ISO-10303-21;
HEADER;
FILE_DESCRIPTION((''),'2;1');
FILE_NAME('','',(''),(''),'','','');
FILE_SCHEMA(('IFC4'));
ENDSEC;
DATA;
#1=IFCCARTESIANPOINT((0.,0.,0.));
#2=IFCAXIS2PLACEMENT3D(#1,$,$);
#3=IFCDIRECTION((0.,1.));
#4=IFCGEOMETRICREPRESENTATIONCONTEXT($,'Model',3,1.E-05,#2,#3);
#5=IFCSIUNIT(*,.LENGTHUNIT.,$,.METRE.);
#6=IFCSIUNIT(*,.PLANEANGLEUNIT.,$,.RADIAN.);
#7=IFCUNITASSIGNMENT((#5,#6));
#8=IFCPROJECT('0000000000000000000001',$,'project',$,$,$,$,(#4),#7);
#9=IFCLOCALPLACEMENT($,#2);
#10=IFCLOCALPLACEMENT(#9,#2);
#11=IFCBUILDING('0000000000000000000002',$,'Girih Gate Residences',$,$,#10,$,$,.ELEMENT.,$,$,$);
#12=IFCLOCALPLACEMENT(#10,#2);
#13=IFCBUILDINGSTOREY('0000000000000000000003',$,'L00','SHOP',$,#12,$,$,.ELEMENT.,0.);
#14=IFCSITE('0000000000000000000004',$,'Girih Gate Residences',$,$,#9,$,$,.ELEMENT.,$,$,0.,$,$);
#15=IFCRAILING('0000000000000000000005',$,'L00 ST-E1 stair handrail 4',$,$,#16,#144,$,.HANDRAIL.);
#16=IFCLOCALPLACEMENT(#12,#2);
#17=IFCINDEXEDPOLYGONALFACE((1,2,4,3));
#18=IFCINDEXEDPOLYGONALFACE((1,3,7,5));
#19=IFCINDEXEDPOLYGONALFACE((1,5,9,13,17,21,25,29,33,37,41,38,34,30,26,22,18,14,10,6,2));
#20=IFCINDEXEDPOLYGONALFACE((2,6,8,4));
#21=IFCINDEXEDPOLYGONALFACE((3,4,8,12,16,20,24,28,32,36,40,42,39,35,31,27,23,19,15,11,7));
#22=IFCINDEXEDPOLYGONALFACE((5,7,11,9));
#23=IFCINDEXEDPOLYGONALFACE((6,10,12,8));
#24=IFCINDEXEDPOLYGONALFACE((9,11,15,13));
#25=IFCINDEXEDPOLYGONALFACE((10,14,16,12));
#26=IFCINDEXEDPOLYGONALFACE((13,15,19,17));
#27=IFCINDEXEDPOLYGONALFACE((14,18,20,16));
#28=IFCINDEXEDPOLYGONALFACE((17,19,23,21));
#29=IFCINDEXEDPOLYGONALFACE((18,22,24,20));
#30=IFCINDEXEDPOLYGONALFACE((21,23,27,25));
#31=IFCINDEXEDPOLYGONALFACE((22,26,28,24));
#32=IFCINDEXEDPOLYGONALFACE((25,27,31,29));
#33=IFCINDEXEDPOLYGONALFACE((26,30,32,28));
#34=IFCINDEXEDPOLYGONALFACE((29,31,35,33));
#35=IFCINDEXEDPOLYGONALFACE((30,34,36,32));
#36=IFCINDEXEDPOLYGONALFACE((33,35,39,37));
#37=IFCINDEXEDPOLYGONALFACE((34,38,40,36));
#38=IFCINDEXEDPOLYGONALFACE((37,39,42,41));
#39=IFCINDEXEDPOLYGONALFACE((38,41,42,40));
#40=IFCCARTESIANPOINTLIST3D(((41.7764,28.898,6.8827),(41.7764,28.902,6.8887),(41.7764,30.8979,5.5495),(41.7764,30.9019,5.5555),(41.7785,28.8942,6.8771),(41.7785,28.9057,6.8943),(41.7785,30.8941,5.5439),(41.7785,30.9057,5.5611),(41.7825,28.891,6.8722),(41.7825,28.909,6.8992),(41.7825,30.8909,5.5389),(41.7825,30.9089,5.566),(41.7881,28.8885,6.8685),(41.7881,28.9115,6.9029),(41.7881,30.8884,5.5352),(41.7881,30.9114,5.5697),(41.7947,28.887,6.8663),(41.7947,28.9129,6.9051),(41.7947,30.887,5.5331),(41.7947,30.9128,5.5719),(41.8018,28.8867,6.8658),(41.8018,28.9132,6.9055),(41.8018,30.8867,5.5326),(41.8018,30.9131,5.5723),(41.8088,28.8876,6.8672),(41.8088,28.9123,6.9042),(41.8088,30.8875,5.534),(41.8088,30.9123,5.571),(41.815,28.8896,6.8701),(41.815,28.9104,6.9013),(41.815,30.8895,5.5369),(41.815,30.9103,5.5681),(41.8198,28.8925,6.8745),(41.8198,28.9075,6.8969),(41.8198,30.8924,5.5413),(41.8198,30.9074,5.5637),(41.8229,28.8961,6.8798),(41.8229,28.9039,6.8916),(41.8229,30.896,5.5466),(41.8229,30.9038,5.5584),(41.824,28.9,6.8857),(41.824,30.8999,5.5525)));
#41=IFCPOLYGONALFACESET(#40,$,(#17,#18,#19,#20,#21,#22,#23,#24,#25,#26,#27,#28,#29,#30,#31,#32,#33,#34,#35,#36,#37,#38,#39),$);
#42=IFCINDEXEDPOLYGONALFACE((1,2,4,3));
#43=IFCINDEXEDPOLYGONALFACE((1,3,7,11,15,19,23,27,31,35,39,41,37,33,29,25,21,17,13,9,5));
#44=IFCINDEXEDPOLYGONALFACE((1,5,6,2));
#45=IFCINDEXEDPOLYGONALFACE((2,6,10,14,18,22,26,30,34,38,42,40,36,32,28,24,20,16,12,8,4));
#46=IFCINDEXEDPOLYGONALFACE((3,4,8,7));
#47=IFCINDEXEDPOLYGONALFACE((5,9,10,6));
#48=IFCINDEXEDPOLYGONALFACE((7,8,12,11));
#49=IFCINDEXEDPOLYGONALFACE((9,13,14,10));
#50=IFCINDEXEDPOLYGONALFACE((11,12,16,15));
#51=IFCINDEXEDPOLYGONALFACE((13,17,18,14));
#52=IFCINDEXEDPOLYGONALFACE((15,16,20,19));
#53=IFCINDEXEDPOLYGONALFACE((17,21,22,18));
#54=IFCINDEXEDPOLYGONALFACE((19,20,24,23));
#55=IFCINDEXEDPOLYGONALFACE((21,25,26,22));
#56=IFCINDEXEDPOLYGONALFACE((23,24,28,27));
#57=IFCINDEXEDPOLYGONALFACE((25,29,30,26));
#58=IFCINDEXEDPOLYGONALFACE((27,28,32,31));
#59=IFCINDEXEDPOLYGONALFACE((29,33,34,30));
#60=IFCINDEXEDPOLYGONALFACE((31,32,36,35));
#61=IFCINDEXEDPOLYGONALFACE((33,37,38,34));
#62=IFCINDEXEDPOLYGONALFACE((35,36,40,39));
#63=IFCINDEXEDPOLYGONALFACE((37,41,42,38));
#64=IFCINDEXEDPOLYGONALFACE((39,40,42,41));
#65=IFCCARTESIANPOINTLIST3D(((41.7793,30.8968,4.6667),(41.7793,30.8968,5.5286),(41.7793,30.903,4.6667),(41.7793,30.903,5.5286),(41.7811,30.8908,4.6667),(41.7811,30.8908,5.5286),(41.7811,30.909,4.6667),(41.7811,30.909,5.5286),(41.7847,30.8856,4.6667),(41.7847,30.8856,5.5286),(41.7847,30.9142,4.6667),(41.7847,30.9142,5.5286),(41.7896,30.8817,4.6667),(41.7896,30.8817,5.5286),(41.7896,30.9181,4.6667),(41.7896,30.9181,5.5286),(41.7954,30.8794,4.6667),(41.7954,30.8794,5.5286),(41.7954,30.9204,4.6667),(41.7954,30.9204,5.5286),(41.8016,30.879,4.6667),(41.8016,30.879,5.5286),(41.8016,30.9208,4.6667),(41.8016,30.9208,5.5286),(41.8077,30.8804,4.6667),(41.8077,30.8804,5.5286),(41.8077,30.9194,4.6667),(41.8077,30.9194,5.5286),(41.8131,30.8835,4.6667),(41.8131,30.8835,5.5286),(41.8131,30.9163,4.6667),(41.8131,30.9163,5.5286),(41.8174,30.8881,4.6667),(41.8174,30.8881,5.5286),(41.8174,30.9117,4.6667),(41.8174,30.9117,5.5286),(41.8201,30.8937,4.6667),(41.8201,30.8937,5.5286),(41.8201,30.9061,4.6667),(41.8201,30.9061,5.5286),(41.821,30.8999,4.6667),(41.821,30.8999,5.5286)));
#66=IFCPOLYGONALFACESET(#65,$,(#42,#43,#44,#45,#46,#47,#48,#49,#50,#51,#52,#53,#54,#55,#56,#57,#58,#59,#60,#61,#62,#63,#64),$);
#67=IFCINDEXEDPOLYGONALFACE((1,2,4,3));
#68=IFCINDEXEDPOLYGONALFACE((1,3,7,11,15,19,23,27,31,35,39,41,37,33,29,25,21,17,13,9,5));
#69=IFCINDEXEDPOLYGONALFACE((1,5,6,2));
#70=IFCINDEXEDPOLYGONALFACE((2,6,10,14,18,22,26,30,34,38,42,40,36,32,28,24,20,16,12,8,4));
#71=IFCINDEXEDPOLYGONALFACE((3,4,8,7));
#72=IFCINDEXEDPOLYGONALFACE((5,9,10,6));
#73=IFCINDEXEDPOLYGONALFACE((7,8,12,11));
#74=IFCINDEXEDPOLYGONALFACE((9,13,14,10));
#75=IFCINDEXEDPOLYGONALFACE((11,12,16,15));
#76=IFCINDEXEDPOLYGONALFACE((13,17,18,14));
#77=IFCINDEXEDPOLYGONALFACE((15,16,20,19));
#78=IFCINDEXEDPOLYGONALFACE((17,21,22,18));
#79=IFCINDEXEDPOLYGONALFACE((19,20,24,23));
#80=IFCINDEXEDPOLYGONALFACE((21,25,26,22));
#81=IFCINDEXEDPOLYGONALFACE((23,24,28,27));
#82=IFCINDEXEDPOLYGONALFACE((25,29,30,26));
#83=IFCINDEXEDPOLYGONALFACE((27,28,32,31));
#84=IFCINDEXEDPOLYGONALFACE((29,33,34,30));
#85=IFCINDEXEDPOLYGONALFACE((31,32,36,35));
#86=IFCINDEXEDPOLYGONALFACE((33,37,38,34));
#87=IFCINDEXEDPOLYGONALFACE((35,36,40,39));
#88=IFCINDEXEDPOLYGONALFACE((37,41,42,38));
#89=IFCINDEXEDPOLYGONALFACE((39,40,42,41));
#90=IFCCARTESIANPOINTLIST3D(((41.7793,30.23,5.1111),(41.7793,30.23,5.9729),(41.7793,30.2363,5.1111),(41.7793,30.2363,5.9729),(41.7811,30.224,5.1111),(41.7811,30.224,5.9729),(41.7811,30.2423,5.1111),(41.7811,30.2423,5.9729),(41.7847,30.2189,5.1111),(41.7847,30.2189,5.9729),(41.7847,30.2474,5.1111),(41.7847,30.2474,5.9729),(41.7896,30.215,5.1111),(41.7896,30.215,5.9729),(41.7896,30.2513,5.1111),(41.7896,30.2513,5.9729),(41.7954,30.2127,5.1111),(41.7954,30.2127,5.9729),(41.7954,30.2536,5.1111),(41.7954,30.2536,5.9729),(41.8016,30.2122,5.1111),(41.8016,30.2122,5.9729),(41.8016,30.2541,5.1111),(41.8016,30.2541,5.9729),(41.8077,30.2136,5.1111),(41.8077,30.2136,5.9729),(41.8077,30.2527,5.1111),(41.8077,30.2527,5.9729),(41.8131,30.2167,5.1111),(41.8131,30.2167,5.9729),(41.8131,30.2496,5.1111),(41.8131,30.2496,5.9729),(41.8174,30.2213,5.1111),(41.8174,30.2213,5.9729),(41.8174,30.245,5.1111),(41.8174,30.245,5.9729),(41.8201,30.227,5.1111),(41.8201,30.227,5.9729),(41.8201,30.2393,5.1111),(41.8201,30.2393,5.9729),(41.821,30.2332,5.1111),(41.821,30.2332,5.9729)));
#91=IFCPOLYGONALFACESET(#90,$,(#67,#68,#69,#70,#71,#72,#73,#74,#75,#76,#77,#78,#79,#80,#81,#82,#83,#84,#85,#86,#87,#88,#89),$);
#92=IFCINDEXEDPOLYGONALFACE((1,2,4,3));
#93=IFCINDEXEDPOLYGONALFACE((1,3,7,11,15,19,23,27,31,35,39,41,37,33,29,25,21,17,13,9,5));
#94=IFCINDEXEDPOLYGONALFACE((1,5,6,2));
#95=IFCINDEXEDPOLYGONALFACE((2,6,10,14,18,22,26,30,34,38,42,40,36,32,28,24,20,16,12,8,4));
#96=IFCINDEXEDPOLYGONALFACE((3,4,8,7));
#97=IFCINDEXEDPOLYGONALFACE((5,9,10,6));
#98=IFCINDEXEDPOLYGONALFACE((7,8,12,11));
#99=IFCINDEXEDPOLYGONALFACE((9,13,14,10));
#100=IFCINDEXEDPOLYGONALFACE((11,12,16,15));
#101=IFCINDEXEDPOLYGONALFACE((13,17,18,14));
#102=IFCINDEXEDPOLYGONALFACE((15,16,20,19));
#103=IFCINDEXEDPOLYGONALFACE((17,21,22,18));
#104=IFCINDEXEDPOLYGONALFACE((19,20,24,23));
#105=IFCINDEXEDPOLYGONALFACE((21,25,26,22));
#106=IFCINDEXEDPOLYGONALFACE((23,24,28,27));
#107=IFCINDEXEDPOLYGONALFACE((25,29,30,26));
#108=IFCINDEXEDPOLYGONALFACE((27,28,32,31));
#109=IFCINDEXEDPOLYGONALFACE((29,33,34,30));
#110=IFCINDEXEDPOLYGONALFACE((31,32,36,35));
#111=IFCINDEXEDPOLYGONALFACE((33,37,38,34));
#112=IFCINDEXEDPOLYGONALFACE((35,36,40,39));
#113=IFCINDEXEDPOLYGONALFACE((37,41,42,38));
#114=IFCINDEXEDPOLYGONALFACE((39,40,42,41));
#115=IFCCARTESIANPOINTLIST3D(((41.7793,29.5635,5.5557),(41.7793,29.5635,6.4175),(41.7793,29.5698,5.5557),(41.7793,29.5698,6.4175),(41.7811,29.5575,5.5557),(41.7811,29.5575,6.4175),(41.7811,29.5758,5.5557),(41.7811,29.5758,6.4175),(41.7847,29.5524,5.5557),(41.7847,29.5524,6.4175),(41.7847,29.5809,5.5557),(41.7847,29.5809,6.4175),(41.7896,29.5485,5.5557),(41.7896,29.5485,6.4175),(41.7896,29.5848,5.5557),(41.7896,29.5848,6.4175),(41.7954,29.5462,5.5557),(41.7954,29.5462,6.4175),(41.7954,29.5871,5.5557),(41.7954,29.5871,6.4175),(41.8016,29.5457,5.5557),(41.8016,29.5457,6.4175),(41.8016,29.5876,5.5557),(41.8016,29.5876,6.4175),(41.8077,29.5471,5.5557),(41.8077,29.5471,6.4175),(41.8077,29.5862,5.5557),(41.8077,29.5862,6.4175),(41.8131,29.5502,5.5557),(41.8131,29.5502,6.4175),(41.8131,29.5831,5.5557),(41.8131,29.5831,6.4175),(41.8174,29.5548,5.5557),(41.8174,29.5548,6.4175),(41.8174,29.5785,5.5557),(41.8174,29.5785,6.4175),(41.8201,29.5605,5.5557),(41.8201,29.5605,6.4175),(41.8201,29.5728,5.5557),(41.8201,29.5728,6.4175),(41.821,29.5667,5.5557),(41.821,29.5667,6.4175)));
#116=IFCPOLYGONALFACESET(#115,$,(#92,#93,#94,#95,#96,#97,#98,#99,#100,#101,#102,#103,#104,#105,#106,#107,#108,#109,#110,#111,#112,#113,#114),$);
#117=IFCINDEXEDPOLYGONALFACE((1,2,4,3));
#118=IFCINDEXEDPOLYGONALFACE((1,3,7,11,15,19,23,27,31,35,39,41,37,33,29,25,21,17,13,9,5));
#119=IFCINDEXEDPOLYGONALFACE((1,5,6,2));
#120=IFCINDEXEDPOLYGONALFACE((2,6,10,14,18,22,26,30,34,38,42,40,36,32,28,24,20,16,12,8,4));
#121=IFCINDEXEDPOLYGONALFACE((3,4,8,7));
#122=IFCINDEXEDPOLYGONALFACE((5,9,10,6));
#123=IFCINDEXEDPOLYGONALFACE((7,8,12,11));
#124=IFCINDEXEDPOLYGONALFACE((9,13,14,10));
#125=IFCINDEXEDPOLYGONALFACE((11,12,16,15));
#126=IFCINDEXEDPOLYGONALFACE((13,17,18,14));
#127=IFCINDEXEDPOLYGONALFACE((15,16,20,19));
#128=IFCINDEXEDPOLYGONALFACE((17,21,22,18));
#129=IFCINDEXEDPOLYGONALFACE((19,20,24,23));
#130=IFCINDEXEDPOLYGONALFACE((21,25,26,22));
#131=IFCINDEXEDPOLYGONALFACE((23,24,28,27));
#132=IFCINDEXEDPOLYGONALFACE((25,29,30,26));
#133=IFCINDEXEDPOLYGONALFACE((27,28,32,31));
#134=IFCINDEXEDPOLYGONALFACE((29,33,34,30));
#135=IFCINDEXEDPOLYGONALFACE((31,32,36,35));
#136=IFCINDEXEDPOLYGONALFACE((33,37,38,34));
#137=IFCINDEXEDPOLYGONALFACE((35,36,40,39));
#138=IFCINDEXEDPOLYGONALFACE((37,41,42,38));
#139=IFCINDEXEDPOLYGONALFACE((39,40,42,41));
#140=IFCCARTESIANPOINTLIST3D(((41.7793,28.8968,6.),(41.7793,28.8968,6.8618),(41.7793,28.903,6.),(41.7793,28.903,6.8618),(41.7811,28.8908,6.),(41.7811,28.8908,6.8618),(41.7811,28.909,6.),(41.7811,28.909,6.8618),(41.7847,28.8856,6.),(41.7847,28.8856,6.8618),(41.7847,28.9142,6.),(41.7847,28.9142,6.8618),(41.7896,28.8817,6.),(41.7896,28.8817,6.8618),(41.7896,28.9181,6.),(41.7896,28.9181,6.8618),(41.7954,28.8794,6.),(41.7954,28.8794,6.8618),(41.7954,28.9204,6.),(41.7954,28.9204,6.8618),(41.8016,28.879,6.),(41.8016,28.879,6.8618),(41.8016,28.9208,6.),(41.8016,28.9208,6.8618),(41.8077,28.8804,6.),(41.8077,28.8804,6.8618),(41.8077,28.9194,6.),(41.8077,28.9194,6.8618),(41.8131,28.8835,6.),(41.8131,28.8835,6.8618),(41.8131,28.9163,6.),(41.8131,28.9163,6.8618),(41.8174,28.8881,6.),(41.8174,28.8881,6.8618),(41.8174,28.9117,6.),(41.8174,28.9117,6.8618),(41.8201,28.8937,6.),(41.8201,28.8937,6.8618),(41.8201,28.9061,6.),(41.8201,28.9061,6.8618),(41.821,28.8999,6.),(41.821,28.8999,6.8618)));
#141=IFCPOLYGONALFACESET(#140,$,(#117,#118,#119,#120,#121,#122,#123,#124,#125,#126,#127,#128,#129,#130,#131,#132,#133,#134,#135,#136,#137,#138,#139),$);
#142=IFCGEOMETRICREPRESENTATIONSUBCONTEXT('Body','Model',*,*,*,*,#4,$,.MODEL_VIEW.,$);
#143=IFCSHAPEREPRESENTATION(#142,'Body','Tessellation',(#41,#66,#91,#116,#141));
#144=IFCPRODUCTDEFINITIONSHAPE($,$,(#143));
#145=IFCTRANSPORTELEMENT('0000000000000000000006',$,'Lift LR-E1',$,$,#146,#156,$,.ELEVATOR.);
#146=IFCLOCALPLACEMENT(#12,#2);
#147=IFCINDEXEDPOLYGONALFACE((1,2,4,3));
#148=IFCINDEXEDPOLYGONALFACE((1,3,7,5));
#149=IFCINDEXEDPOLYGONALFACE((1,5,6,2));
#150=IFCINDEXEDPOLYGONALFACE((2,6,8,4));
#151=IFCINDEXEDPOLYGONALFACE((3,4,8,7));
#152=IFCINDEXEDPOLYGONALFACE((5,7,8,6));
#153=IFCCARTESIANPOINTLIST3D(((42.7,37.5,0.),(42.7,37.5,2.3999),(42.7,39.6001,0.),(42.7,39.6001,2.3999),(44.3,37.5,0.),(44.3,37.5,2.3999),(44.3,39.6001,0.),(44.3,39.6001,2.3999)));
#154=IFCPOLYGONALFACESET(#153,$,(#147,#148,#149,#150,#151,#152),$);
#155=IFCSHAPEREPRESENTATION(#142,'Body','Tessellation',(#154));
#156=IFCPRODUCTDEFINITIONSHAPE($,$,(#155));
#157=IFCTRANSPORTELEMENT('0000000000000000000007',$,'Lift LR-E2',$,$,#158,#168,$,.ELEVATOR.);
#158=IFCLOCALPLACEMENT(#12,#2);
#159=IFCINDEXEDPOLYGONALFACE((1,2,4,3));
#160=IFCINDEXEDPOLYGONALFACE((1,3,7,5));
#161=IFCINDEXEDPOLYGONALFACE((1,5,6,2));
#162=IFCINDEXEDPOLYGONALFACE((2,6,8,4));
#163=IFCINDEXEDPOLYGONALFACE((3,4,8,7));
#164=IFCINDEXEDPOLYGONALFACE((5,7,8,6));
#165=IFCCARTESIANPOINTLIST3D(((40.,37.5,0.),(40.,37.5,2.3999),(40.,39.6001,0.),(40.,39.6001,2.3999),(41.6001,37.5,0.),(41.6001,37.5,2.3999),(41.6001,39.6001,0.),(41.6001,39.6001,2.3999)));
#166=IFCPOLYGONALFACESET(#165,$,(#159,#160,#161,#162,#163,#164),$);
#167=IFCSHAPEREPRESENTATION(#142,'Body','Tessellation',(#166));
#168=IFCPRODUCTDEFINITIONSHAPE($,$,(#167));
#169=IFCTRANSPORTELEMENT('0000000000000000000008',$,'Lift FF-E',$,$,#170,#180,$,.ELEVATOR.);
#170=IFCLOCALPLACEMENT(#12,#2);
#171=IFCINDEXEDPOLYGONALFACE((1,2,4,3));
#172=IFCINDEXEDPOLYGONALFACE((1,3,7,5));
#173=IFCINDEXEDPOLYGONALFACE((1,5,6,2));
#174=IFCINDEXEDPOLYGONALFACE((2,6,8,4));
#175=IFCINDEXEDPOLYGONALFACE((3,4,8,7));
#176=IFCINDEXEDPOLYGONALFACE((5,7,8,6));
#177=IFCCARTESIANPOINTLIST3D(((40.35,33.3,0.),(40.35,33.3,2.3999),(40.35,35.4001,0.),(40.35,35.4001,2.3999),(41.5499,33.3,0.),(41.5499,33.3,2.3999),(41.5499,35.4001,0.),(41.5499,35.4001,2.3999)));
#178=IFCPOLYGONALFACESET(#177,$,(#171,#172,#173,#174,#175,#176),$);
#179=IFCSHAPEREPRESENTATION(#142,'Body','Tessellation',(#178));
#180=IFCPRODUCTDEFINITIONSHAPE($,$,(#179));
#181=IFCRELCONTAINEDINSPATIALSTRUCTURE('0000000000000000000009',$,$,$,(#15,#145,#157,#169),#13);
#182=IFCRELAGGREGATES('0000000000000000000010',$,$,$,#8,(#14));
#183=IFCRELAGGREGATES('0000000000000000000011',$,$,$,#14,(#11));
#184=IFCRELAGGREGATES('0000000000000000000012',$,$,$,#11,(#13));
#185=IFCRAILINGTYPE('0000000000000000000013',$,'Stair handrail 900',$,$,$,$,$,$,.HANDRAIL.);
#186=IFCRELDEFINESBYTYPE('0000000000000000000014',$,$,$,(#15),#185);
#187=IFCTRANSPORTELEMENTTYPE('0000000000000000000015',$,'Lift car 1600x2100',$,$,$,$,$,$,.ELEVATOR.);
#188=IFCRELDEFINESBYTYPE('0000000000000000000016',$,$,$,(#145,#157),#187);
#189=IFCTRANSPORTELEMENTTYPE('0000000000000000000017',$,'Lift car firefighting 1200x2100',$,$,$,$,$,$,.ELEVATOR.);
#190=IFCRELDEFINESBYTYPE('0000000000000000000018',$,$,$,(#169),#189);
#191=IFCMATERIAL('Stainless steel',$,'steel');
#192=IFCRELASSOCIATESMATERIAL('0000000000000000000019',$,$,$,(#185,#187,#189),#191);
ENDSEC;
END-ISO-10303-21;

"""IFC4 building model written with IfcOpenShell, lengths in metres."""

from ifc_helpers import new_model, si_unit, direction, frame, origin, origin_2d, place, context, subcontext, project, spatial, rectangle, circle, extrude, material, type_object, element, save


model = new_model("IFC4")

# Units and contexts
model_context = context("Model", 3, precision=1e-05, world=origin(), true_north=direction((0.0, 1.0)))
body_context = subcontext(model_context, "Body", "Model", "MODEL_VIEW")
ifc_project = project(units=[si_unit("LENGTHUNIT", "METRE"), si_unit("PLANEANGLEUNIT", "RADIAN")], contexts=[model_context])

# Site, building, storey
site_placement = place(None, origin())
site = spatial("IfcSite", under=ifc_project, at=site_placement, Name="Girih Gate Residences", CompositionType="ELEMENT", RefElevation=0.0)
building_placement = place(site_placement, origin())
building = spatial("IfcBuilding", under=site, at=building_placement, Name="Girih Gate Residences", CompositionType="ELEMENT")
storey_placement = place(building_placement, origin())
storey = spatial("IfcBuildingStorey", under=building, at=storey_placement, Name="L00", Description="SHOP", CompositionType="ELEMENT", Elevation=0.0)

# Railing
ifc_material_1 = material(Name="Stainless steel", Category="steel")
railing_type_1 = type_object("IfcRailingType", Name="Stair handrail 900", PredefinedType="HANDRAIL", material=ifc_material_1)
railing_1_placement = place(storey_placement, frame((41.8, 30.8999, 4.6667)))
element("IfcRailing", 1, at=railing_1_placement, inside=storey, type_object=railing_type_1, Name="L00 ST-E1 stair handrail 4", PredefinedType="HANDRAIL", context=body_context, shape_type="SweptSolid", body=[
    extrude(circle(Radius=0.0239, at=origin_2d()), frame((0.0, 0.0, 0.8857), z_axis=(0.0, -0.832066, 0.554677), x_axis=(1.0, 0.0, 0.0)), (0.0, 0.0, 1.0), 2.4036),
    extrude(circle(Radius=0.021, at=origin_2d()), origin(), (0.0, 0.0, 1.0), 0.8618),
    extrude(circle(Radius=0.021, at=origin_2d()), frame((0.0, -0.6667, 0.4443)), (0.0, 0.0, 1.0), 0.8618),
    extrude(circle(Radius=0.021, at=origin_2d()), frame((0.0, -1.3333, 0.8889)), (0.0, 0.0, 1.0), 0.8618),
    extrude(circle(Radius=0.021, at=origin_2d()), frame((0.0, -2.0, 1.3333)), (0.0, 0.0, 1.0), 0.8618),
])

# Transport elements
transport_element_type_1 = type_object("IfcTransportElementType", Name="Lift car 1600x2100", PredefinedType="ELEVATOR", material=ifc_material_1)
for number, where, z_axis, x_axis, name in (
    (2, (43.5, 38.55, 0.0), (0.0, 0.0, 1.0), (1.0, 0.0, 0.0), "Lift LR-E1"),
    (3, (40.8, 38.55, 0.0), (0.0, 0.0, 1.0), (1.0, 0.0, 0.0), "Lift LR-E2"),
):
    element("IfcTransportElement", number, at=place(storey_placement, frame(where, z_axis=z_axis, x_axis=x_axis)), inside=storey, type_object=transport_element_type_1, Name=name, PredefinedType="ELEVATOR", context=body_context, shape_type="SweptSolid", body=[
        extrude(rectangle(XDim=1.6001, YDim=2.1001, at=origin_2d()), origin(), (0.0, 0.0, 1.0), 2.3999),
    ])
transport_element_type_2 = type_object("IfcTransportElementType", Name="Lift car firefighting 1200x2100", PredefinedType="ELEVATOR", material=ifc_material_1)
transport_element_placement = place(storey_placement, frame((40.95, 34.3501, 0.0), z_axis=(0.0, 0.0, 1.0), x_axis=(1.0, 0.0, 0.0)))
element("IfcTransportElement", 4, at=transport_element_placement, inside=storey, type_object=transport_element_type_2, Name="Lift FF-E", PredefinedType="ELEVATOR", context=body_context, shape_type="SweptSolid", body=[
    extrude(rectangle(XDim=1.2, YDim=2.1001, at=origin_2d()), origin(), (0.0, 0.0, 1.0), 2.3999),
])

save(model, "model.ifc")
